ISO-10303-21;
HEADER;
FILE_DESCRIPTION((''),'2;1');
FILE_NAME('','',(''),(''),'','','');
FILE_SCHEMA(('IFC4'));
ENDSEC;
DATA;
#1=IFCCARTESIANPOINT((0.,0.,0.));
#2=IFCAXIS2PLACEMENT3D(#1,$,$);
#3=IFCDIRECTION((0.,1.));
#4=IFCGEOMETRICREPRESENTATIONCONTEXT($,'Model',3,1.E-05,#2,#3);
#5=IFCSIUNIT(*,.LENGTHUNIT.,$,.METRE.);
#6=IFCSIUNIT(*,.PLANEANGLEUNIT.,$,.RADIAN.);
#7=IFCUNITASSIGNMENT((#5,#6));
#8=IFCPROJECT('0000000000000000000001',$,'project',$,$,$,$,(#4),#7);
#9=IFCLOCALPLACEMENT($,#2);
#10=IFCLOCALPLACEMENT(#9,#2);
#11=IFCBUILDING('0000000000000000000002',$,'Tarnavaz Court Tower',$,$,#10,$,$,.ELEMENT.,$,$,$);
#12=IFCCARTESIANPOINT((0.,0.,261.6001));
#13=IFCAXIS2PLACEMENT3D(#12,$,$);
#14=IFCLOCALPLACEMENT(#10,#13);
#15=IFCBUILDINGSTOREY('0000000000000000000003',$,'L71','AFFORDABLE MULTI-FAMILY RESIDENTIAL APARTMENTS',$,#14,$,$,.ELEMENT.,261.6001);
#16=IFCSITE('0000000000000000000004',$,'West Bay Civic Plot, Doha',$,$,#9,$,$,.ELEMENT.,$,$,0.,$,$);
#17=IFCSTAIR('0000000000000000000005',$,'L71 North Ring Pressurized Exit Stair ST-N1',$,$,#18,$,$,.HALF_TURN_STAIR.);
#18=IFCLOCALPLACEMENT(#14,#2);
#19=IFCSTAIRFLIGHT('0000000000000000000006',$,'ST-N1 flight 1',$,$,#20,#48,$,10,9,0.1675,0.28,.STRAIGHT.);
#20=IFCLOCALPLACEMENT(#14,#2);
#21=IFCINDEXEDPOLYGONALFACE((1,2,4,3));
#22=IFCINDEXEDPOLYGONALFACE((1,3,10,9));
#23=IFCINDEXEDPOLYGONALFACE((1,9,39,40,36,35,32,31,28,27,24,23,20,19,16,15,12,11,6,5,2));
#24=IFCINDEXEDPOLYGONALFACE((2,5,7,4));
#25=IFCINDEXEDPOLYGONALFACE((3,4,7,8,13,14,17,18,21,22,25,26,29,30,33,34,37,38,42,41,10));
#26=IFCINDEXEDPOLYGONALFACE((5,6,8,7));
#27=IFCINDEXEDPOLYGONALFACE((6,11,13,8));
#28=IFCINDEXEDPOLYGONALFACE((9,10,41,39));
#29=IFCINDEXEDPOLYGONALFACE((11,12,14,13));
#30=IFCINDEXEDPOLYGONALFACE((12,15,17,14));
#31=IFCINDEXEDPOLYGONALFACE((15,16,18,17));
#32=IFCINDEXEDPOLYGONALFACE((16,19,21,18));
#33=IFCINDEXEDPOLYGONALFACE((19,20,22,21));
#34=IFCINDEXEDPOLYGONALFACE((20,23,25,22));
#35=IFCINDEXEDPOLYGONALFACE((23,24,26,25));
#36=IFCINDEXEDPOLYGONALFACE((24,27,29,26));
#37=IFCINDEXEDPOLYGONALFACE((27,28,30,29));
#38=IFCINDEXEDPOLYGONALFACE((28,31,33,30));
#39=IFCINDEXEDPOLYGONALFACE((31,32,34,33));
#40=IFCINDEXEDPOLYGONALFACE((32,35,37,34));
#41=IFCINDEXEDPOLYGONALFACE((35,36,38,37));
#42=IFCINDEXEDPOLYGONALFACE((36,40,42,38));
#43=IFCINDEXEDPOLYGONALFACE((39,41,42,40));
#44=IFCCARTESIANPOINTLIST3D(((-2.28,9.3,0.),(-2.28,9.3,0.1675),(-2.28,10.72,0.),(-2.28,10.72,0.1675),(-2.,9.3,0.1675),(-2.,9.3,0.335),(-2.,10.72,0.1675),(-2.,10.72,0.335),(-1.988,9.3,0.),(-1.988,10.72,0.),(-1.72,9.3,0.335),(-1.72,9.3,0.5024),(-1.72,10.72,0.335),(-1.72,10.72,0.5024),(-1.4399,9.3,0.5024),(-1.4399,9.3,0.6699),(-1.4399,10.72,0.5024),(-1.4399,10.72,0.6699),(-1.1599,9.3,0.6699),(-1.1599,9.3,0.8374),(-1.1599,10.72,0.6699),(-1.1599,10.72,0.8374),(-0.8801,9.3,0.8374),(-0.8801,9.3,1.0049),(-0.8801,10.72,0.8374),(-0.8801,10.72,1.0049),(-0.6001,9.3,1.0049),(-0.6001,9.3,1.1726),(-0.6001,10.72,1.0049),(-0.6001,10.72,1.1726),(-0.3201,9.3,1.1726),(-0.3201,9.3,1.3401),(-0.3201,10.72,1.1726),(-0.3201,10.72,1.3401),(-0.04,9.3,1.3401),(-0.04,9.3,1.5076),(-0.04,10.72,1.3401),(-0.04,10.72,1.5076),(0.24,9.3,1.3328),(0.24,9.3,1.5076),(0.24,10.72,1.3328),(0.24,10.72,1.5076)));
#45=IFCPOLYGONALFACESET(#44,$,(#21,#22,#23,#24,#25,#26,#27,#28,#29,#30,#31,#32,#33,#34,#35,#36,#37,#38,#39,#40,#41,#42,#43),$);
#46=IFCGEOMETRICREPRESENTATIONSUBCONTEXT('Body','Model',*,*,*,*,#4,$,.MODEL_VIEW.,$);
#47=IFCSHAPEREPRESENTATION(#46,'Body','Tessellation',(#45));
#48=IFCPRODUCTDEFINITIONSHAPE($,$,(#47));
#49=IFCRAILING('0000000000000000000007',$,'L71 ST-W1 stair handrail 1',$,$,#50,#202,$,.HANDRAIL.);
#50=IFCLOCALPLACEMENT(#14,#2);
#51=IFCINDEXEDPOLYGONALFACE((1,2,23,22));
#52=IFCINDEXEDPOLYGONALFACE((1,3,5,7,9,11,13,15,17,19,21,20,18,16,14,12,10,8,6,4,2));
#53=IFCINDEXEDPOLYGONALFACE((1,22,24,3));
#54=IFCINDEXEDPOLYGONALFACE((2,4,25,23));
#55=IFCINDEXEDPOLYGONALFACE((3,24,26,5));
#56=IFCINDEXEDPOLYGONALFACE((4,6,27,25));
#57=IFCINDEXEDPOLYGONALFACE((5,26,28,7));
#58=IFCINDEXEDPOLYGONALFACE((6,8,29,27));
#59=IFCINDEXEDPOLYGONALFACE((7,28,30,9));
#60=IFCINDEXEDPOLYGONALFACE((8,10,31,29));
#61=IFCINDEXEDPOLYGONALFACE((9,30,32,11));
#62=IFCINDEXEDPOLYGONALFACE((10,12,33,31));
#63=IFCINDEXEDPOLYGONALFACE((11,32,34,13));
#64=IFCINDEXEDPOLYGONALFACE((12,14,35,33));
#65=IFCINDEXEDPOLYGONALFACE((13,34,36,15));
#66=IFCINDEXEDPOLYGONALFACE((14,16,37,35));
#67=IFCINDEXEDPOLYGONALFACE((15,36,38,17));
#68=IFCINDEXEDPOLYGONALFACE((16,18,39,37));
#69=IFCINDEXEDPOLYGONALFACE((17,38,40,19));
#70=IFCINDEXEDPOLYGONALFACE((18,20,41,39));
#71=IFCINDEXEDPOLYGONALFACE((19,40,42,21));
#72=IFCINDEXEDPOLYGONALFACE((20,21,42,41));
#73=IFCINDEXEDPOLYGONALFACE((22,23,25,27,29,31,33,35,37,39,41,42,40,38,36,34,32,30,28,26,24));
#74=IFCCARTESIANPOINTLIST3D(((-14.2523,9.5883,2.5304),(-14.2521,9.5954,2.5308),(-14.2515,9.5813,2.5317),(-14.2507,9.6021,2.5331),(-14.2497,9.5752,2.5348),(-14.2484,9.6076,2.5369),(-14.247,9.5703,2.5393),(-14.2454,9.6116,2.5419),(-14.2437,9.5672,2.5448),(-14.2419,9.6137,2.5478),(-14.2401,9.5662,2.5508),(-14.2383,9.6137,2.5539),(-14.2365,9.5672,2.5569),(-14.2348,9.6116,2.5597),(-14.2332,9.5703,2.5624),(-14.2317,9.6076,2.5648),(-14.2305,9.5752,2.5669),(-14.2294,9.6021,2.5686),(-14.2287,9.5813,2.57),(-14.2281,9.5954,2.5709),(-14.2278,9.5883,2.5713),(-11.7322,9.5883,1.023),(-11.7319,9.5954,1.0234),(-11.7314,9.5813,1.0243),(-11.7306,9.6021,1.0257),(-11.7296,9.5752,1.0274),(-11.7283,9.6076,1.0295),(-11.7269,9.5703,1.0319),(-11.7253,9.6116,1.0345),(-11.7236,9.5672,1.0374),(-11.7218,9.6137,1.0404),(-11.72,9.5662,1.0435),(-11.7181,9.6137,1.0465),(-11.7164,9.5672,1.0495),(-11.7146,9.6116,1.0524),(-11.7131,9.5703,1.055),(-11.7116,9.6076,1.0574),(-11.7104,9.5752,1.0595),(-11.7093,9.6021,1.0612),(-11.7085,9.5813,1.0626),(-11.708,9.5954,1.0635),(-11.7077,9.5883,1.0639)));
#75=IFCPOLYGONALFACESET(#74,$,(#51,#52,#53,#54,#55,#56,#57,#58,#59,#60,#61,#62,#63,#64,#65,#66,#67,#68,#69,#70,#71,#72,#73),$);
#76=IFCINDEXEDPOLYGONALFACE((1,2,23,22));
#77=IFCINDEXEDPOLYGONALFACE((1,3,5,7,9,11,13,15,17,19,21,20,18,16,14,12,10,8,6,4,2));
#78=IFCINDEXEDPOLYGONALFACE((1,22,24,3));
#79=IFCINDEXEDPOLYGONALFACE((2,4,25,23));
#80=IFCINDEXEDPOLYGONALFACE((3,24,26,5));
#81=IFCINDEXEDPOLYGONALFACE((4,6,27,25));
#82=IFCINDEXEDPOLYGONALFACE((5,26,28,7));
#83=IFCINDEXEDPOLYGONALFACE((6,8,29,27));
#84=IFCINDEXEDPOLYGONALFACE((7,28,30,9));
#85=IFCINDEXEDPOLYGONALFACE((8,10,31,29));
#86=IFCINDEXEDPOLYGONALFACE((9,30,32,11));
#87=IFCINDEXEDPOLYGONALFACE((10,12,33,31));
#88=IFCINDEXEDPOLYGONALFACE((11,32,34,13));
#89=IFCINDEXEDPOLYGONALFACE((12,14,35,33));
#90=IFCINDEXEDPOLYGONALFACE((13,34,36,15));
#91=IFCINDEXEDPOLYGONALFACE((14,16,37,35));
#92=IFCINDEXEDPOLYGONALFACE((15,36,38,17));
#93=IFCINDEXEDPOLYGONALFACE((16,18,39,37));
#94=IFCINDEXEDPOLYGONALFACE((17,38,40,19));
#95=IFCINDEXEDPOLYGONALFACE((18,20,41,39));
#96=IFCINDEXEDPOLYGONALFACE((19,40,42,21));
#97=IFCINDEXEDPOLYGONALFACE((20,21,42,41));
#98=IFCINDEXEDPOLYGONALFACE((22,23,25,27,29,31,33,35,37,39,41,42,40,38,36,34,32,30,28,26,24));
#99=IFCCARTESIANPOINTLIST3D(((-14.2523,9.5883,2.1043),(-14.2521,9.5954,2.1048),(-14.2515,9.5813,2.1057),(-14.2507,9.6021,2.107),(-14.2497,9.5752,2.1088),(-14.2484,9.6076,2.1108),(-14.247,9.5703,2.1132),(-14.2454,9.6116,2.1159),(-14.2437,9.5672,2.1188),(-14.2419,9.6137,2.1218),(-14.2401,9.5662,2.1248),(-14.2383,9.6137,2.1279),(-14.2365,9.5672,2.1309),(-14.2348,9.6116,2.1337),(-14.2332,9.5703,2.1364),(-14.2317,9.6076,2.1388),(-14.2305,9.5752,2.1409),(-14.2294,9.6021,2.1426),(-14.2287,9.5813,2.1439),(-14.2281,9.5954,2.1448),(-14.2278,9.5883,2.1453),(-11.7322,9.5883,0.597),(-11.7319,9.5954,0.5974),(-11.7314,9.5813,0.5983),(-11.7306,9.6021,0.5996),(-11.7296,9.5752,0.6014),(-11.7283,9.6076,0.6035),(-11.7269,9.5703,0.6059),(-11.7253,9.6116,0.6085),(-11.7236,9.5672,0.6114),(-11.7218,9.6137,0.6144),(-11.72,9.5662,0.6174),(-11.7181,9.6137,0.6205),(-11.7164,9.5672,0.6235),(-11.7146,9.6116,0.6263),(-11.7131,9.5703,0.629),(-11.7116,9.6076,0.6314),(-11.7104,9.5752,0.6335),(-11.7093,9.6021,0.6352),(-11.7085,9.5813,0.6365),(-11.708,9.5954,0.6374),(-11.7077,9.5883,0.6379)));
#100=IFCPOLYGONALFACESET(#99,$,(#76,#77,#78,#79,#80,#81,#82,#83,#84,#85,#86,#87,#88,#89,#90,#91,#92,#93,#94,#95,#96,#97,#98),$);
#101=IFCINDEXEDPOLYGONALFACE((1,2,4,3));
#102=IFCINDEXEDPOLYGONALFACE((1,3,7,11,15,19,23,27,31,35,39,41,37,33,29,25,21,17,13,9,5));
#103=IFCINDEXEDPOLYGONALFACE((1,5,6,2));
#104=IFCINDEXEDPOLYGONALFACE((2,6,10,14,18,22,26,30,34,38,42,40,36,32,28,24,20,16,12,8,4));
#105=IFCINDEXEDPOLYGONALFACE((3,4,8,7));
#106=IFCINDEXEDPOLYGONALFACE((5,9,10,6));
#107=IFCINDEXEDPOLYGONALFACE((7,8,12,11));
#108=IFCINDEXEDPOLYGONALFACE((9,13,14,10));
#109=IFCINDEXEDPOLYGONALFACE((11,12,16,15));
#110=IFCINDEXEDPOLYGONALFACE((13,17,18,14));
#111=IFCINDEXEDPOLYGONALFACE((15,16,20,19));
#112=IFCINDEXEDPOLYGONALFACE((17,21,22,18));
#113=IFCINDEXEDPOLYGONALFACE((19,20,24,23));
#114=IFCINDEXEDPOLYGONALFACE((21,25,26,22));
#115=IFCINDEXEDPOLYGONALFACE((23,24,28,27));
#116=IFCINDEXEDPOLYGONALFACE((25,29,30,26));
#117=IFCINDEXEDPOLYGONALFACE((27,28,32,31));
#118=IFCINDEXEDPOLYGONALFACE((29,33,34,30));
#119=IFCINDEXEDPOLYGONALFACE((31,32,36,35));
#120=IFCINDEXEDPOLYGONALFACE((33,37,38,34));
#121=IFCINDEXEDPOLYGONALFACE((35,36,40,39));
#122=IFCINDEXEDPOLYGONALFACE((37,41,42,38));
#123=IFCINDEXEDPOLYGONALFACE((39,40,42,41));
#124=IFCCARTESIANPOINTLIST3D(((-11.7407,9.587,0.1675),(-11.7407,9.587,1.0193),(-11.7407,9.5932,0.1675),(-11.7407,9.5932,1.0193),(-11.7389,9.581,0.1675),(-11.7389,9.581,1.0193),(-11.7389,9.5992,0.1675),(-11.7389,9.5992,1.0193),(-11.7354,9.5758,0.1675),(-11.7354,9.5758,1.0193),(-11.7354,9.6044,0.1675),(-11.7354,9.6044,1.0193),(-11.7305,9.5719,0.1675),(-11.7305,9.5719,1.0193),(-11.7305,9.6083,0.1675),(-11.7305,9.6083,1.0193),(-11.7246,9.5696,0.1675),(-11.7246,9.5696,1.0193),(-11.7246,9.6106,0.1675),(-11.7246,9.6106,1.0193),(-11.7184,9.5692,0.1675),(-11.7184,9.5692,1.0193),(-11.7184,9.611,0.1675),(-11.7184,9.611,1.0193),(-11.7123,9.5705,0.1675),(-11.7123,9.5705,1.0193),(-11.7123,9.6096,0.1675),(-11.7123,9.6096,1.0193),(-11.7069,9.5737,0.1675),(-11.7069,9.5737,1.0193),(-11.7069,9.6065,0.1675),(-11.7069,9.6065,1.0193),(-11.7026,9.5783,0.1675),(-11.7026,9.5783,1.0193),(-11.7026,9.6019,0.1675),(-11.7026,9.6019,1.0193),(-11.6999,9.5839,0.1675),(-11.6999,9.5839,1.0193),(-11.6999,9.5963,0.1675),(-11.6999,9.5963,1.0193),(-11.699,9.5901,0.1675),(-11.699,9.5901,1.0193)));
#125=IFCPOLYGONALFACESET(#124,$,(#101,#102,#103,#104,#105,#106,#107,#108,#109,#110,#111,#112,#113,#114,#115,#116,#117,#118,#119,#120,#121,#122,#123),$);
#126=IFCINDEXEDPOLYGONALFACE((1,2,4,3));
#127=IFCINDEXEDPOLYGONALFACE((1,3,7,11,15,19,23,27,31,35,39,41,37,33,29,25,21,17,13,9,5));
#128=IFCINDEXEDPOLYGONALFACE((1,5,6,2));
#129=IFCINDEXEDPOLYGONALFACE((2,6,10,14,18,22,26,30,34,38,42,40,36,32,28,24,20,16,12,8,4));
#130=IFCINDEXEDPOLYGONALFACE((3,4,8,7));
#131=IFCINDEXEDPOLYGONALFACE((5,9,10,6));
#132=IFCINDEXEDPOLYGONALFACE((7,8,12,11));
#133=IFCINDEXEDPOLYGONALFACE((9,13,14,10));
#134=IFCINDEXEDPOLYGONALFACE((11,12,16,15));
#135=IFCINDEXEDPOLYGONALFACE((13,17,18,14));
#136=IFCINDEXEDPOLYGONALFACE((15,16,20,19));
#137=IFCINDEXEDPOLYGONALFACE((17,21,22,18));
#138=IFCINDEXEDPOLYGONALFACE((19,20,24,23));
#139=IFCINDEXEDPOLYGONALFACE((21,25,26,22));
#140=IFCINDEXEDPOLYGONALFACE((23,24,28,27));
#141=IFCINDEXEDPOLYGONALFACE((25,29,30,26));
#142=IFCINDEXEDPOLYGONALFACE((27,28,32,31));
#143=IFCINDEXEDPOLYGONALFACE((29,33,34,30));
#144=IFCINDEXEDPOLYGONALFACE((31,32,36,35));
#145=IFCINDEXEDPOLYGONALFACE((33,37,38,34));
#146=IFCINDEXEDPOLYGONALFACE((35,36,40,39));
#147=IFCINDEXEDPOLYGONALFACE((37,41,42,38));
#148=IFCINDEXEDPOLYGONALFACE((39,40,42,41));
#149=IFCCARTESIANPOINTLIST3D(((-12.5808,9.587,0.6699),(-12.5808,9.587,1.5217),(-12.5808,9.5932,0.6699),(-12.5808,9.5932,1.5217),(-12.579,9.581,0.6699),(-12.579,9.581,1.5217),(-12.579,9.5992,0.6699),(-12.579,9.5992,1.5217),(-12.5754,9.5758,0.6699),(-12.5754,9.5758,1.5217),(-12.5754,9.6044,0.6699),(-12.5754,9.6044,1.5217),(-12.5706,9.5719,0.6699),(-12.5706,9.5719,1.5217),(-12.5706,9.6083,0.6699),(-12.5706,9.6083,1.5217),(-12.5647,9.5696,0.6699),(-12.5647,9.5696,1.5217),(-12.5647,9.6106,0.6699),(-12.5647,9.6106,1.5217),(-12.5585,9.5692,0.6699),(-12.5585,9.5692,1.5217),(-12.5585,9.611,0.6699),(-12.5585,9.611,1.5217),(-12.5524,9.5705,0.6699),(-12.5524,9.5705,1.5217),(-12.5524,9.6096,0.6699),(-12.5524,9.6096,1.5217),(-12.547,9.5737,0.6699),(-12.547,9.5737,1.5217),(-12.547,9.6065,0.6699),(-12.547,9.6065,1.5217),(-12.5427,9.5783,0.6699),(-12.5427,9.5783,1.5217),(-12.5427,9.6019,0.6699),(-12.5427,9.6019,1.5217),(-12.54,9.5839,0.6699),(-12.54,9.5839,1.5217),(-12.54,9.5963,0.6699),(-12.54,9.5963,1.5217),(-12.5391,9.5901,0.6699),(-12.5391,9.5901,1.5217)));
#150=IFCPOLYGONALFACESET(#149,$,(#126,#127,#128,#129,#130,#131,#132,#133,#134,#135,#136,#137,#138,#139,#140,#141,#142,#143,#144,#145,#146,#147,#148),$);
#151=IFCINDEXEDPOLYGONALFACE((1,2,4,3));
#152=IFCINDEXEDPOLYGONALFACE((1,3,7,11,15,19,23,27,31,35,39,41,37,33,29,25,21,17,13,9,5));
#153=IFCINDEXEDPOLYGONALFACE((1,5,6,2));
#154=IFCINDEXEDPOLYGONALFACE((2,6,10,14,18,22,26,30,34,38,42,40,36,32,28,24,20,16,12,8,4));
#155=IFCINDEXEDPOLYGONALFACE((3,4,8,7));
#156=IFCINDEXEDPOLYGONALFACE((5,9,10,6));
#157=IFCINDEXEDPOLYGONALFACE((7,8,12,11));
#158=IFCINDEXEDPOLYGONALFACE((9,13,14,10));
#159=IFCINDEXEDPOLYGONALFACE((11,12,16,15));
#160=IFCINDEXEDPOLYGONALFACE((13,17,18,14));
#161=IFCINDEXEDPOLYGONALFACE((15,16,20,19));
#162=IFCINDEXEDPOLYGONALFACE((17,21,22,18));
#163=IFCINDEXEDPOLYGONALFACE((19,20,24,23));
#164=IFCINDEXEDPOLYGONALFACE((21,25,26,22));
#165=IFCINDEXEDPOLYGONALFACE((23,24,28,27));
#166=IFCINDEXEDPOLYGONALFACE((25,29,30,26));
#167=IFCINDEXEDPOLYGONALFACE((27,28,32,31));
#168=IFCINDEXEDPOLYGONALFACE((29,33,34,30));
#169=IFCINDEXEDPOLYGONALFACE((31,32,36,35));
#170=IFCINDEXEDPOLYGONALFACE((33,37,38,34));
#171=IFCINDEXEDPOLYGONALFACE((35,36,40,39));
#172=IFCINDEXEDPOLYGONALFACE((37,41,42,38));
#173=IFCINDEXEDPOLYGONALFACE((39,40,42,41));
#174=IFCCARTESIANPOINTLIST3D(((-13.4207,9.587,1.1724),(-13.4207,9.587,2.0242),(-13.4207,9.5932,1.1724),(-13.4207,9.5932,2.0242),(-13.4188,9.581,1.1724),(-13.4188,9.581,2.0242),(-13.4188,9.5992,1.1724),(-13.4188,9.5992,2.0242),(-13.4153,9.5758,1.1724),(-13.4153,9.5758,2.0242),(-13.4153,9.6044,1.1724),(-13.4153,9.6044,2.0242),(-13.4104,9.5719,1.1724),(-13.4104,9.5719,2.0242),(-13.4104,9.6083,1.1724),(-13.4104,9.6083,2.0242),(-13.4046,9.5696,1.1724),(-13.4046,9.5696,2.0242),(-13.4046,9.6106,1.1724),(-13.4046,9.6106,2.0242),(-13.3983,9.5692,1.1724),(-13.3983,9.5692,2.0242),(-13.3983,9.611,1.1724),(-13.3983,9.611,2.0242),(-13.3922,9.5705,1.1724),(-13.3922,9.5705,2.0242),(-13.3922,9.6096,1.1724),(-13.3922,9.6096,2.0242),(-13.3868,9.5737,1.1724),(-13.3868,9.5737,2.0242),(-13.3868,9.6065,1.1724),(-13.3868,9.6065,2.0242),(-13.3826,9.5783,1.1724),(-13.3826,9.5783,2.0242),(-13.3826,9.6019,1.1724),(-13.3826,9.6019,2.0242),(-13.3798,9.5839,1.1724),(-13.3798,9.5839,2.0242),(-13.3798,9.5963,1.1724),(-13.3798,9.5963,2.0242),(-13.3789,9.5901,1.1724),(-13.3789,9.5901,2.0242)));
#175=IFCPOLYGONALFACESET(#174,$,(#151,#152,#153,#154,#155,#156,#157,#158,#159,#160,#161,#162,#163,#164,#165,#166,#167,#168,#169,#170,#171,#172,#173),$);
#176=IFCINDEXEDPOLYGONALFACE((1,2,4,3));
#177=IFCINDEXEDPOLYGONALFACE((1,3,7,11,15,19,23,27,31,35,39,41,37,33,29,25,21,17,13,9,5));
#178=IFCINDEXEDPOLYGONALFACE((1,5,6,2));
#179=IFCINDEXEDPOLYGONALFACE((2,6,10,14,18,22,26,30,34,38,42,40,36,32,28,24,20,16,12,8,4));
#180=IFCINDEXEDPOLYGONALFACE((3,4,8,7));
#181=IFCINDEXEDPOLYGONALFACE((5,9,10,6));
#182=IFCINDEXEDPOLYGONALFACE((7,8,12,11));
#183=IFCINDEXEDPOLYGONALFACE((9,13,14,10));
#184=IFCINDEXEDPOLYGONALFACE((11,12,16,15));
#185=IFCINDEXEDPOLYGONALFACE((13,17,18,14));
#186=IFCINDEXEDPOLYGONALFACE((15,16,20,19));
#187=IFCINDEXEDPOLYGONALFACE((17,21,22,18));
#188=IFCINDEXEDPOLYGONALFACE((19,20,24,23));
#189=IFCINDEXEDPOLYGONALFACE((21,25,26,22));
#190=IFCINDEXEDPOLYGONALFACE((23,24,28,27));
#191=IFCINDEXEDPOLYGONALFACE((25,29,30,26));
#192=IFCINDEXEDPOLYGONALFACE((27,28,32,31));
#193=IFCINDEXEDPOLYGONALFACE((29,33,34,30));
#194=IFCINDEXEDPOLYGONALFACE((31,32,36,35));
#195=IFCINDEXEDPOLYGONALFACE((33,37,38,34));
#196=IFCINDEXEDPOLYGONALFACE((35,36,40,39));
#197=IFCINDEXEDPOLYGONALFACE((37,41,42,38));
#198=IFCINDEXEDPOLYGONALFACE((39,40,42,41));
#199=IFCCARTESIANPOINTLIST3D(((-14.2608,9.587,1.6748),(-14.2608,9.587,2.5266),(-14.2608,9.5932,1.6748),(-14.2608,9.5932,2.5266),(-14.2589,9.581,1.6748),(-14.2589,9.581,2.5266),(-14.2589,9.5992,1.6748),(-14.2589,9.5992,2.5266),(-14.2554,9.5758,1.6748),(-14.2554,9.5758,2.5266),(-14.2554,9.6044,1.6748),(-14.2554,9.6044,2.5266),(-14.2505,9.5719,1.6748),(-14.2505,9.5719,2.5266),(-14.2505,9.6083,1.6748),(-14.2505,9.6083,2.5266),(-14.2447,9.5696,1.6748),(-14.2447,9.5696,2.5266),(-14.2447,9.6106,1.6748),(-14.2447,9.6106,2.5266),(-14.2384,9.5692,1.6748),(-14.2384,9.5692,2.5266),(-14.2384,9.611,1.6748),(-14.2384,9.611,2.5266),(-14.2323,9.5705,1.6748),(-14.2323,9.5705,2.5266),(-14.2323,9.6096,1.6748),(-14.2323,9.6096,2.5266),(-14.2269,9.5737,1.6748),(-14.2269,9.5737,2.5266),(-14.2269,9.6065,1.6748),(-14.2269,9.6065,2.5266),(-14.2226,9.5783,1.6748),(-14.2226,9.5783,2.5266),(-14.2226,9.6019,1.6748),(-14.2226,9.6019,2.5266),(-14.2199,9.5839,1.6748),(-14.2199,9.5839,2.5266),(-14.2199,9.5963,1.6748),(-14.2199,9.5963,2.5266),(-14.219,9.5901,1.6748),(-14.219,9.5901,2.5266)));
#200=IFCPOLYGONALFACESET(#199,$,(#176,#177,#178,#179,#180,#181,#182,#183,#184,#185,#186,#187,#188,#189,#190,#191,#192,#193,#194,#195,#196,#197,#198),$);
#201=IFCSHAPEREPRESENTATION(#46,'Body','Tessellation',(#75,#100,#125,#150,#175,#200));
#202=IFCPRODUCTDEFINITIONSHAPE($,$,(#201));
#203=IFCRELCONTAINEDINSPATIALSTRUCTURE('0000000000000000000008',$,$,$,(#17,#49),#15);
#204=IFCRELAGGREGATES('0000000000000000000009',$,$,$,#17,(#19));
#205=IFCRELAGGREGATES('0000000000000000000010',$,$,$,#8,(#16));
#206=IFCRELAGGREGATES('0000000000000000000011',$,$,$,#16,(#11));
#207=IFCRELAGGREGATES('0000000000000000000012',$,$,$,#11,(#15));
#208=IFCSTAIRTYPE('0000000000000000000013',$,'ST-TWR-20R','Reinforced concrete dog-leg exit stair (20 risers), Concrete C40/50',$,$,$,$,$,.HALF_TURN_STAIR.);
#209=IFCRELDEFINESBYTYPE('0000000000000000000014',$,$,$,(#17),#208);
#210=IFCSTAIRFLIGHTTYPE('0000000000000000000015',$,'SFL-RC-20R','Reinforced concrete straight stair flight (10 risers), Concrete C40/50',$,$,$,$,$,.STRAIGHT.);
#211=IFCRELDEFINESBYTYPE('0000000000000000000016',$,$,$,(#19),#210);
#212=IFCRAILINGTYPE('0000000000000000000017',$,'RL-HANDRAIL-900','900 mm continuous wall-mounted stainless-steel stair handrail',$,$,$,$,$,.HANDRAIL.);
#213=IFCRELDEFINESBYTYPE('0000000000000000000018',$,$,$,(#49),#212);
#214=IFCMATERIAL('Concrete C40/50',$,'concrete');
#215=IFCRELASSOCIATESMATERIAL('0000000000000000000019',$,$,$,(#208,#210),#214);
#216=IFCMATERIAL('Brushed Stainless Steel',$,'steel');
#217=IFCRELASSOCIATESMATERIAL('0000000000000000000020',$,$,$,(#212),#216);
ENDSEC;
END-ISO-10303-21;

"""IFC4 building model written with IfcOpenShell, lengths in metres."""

from ifc_helpers import new_model, si_unit, direction, frame, origin, origin_2d, place, context, subcontext, project, spatial, polyline, circle, outline, extrude, material, type_object, element, aggregate, save


model = new_model("IFC4")

# Units and contexts
model_context = context("Model", 3, precision=1e-05, world=origin(), true_north=direction((0.0, 1.0)))
body_context = subcontext(model_context, "Body", "Model", "MODEL_VIEW")
ifc_project = project(units=[si_unit("LENGTHUNIT", "METRE"), si_unit("PLANEANGLEUNIT", "RADIAN")], contexts=[model_context])

# Site, building, storey
site_placement = place(None, origin())
site = spatial("IfcSite", under=ifc_project, at=site_placement, Name="West Bay Civic Plot, Doha", CompositionType="ELEMENT", RefElevation=0.0)
building_placement = place(site_placement, origin())
building = spatial("IfcBuilding", under=site, at=building_placement, Name="Tarnavaz Court Tower", CompositionType="ELEMENT")
storey_placement = place(building_placement, frame((0.0, 0.0, 261.6001)))
storey = spatial("IfcBuildingStorey", under=building, at=storey_placement, Name="L71", Description="AFFORDABLE MULTI-FAMILY RESIDENTIAL APARTMENTS", CompositionType="ELEMENT", Elevation=261.6001)

# Stair, stair flight
ifc_material_1 = material(Name="Concrete C40/50", Category="concrete")
stair_type = type_object("IfcStairType", Name="ST-TWR-20R", Description="Reinforced concrete dog-leg exit stair (20 risers), Concrete C40/50", PredefinedType="HALF_TURN_STAIR", material=ifc_material_1)
stair_flight_type = type_object("IfcStairFlightType", Name="SFL-RC-20R", Description="Reinforced concrete straight stair flight (10 risers), Concrete C40/50", PredefinedType="STRAIGHT", material=ifc_material_1)
stair_1_placement = place(storey_placement, origin())
stair_1 = element("IfcStair", 1, at=stair_1_placement, inside=storey, type_object=stair_type, Name="L71 North Ring Pressurized Exit Stair ST-N1", PredefinedType="HALF_TURN_STAIR")
stair_flight_1_placement = place(storey_placement, frame((-2.28, 10.01, 0.0), z_axis=(0.0, 0.0, 1.0), x_axis=(1.0, 0.0, 0.0)))
stair_flight_1 = element("IfcStairFlight", 2, at=stair_flight_1_placement, type_object=stair_flight_type, Name="ST-N1 flight 1", NumberOfRisers=10, NumberOfTreads=9, PredefinedType="STRAIGHT", RiserHeight=0.1675, TreadLength=0.28, context=body_context, shape_type="SweptSolid", body=[
    extrude(outline(polyline([(0.0, 0.0), (0.0, 0.1675), (0.28, 0.1675), (0.28, 0.335), (0.5601, 0.335), (0.5601, 0.5024), (0.8401, 0.5024), (0.8401, 0.6699), (1.1201, 0.6699), (1.1201, 0.8374), (1.3999, 0.8374), (1.3999, 1.0049), (1.6799, 1.0049), (1.6799, 1.1726), (1.96, 1.1726), (1.96, 1.3401), (2.24, 1.3401), (2.24, 1.5076), (2.52, 1.5076), (2.52, 1.675), (2.52, 1.3328), (0.292, 0.0), (0.0, 0.0)])), frame((0.0, 0.71, 0.0), z_axis=(0.0, -1.0, 0.0), x_axis=(1.0, 0.0, 0.0)), (0.0, 0.0, 1.0), 1.4199),
])
aggregate(stair_1, [stair_flight_1])

# Railing
ifc_material_2 = material(Name="Brushed Stainless Steel", Category="steel")
railing_type_1 = type_object("IfcRailingType", Name="RL-HANDRAIL-900", Description="900 mm continuous wall-mounted stainless-steel stair handrail", PredefinedType="HANDRAIL", material=ifc_material_2)
railing_1_placement = place(storey_placement, frame((-11.72, 9.5901, 0.1675)))
element("IfcRailing", 3, at=railing_1_placement, inside=storey, type_object=railing_type_1, Name="L71 ST-W1 stair handrail 1", PredefinedType="HANDRAIL", context=body_context, shape_type="SweptSolid", body=[
    extrude(circle(Radius=0.0239, at=origin_2d()), frame((0.0, 0.0, 0.876), z_axis=(-0.858196, 0.0, 0.513321), x_axis=(0.0, -1.0, 0.0)), (0.0, 0.0, 1.0), 2.9365),
    extrude(circle(Radius=0.0239, at=origin_2d()), frame((0.0, 0.0, 0.45), z_axis=(-0.858196, 0.0, 0.513321), x_axis=(0.0, -1.0, 0.0)), (0.0, 0.0, 1.0), 2.9365),
    extrude(circle(Radius=0.021, at=origin_2d()), origin(), (0.0, 0.0, 1.0), 0.8518),
    extrude(circle(Radius=0.021, at=origin_2d()), frame((-0.8401, 0.0, 0.5024)), (0.0, 0.0, 1.0), 0.8518),
    extrude(circle(Radius=0.021, at=origin_2d()), frame((-1.6799, 0.0, 1.0049)), (0.0, 0.0, 1.0), 0.8518),
    extrude(circle(Radius=0.021, at=origin_2d()), frame((-2.52, 0.0, 1.5073)), (0.0, 0.0, 1.0), 0.8518),
])

save(model, "model.ifc")
